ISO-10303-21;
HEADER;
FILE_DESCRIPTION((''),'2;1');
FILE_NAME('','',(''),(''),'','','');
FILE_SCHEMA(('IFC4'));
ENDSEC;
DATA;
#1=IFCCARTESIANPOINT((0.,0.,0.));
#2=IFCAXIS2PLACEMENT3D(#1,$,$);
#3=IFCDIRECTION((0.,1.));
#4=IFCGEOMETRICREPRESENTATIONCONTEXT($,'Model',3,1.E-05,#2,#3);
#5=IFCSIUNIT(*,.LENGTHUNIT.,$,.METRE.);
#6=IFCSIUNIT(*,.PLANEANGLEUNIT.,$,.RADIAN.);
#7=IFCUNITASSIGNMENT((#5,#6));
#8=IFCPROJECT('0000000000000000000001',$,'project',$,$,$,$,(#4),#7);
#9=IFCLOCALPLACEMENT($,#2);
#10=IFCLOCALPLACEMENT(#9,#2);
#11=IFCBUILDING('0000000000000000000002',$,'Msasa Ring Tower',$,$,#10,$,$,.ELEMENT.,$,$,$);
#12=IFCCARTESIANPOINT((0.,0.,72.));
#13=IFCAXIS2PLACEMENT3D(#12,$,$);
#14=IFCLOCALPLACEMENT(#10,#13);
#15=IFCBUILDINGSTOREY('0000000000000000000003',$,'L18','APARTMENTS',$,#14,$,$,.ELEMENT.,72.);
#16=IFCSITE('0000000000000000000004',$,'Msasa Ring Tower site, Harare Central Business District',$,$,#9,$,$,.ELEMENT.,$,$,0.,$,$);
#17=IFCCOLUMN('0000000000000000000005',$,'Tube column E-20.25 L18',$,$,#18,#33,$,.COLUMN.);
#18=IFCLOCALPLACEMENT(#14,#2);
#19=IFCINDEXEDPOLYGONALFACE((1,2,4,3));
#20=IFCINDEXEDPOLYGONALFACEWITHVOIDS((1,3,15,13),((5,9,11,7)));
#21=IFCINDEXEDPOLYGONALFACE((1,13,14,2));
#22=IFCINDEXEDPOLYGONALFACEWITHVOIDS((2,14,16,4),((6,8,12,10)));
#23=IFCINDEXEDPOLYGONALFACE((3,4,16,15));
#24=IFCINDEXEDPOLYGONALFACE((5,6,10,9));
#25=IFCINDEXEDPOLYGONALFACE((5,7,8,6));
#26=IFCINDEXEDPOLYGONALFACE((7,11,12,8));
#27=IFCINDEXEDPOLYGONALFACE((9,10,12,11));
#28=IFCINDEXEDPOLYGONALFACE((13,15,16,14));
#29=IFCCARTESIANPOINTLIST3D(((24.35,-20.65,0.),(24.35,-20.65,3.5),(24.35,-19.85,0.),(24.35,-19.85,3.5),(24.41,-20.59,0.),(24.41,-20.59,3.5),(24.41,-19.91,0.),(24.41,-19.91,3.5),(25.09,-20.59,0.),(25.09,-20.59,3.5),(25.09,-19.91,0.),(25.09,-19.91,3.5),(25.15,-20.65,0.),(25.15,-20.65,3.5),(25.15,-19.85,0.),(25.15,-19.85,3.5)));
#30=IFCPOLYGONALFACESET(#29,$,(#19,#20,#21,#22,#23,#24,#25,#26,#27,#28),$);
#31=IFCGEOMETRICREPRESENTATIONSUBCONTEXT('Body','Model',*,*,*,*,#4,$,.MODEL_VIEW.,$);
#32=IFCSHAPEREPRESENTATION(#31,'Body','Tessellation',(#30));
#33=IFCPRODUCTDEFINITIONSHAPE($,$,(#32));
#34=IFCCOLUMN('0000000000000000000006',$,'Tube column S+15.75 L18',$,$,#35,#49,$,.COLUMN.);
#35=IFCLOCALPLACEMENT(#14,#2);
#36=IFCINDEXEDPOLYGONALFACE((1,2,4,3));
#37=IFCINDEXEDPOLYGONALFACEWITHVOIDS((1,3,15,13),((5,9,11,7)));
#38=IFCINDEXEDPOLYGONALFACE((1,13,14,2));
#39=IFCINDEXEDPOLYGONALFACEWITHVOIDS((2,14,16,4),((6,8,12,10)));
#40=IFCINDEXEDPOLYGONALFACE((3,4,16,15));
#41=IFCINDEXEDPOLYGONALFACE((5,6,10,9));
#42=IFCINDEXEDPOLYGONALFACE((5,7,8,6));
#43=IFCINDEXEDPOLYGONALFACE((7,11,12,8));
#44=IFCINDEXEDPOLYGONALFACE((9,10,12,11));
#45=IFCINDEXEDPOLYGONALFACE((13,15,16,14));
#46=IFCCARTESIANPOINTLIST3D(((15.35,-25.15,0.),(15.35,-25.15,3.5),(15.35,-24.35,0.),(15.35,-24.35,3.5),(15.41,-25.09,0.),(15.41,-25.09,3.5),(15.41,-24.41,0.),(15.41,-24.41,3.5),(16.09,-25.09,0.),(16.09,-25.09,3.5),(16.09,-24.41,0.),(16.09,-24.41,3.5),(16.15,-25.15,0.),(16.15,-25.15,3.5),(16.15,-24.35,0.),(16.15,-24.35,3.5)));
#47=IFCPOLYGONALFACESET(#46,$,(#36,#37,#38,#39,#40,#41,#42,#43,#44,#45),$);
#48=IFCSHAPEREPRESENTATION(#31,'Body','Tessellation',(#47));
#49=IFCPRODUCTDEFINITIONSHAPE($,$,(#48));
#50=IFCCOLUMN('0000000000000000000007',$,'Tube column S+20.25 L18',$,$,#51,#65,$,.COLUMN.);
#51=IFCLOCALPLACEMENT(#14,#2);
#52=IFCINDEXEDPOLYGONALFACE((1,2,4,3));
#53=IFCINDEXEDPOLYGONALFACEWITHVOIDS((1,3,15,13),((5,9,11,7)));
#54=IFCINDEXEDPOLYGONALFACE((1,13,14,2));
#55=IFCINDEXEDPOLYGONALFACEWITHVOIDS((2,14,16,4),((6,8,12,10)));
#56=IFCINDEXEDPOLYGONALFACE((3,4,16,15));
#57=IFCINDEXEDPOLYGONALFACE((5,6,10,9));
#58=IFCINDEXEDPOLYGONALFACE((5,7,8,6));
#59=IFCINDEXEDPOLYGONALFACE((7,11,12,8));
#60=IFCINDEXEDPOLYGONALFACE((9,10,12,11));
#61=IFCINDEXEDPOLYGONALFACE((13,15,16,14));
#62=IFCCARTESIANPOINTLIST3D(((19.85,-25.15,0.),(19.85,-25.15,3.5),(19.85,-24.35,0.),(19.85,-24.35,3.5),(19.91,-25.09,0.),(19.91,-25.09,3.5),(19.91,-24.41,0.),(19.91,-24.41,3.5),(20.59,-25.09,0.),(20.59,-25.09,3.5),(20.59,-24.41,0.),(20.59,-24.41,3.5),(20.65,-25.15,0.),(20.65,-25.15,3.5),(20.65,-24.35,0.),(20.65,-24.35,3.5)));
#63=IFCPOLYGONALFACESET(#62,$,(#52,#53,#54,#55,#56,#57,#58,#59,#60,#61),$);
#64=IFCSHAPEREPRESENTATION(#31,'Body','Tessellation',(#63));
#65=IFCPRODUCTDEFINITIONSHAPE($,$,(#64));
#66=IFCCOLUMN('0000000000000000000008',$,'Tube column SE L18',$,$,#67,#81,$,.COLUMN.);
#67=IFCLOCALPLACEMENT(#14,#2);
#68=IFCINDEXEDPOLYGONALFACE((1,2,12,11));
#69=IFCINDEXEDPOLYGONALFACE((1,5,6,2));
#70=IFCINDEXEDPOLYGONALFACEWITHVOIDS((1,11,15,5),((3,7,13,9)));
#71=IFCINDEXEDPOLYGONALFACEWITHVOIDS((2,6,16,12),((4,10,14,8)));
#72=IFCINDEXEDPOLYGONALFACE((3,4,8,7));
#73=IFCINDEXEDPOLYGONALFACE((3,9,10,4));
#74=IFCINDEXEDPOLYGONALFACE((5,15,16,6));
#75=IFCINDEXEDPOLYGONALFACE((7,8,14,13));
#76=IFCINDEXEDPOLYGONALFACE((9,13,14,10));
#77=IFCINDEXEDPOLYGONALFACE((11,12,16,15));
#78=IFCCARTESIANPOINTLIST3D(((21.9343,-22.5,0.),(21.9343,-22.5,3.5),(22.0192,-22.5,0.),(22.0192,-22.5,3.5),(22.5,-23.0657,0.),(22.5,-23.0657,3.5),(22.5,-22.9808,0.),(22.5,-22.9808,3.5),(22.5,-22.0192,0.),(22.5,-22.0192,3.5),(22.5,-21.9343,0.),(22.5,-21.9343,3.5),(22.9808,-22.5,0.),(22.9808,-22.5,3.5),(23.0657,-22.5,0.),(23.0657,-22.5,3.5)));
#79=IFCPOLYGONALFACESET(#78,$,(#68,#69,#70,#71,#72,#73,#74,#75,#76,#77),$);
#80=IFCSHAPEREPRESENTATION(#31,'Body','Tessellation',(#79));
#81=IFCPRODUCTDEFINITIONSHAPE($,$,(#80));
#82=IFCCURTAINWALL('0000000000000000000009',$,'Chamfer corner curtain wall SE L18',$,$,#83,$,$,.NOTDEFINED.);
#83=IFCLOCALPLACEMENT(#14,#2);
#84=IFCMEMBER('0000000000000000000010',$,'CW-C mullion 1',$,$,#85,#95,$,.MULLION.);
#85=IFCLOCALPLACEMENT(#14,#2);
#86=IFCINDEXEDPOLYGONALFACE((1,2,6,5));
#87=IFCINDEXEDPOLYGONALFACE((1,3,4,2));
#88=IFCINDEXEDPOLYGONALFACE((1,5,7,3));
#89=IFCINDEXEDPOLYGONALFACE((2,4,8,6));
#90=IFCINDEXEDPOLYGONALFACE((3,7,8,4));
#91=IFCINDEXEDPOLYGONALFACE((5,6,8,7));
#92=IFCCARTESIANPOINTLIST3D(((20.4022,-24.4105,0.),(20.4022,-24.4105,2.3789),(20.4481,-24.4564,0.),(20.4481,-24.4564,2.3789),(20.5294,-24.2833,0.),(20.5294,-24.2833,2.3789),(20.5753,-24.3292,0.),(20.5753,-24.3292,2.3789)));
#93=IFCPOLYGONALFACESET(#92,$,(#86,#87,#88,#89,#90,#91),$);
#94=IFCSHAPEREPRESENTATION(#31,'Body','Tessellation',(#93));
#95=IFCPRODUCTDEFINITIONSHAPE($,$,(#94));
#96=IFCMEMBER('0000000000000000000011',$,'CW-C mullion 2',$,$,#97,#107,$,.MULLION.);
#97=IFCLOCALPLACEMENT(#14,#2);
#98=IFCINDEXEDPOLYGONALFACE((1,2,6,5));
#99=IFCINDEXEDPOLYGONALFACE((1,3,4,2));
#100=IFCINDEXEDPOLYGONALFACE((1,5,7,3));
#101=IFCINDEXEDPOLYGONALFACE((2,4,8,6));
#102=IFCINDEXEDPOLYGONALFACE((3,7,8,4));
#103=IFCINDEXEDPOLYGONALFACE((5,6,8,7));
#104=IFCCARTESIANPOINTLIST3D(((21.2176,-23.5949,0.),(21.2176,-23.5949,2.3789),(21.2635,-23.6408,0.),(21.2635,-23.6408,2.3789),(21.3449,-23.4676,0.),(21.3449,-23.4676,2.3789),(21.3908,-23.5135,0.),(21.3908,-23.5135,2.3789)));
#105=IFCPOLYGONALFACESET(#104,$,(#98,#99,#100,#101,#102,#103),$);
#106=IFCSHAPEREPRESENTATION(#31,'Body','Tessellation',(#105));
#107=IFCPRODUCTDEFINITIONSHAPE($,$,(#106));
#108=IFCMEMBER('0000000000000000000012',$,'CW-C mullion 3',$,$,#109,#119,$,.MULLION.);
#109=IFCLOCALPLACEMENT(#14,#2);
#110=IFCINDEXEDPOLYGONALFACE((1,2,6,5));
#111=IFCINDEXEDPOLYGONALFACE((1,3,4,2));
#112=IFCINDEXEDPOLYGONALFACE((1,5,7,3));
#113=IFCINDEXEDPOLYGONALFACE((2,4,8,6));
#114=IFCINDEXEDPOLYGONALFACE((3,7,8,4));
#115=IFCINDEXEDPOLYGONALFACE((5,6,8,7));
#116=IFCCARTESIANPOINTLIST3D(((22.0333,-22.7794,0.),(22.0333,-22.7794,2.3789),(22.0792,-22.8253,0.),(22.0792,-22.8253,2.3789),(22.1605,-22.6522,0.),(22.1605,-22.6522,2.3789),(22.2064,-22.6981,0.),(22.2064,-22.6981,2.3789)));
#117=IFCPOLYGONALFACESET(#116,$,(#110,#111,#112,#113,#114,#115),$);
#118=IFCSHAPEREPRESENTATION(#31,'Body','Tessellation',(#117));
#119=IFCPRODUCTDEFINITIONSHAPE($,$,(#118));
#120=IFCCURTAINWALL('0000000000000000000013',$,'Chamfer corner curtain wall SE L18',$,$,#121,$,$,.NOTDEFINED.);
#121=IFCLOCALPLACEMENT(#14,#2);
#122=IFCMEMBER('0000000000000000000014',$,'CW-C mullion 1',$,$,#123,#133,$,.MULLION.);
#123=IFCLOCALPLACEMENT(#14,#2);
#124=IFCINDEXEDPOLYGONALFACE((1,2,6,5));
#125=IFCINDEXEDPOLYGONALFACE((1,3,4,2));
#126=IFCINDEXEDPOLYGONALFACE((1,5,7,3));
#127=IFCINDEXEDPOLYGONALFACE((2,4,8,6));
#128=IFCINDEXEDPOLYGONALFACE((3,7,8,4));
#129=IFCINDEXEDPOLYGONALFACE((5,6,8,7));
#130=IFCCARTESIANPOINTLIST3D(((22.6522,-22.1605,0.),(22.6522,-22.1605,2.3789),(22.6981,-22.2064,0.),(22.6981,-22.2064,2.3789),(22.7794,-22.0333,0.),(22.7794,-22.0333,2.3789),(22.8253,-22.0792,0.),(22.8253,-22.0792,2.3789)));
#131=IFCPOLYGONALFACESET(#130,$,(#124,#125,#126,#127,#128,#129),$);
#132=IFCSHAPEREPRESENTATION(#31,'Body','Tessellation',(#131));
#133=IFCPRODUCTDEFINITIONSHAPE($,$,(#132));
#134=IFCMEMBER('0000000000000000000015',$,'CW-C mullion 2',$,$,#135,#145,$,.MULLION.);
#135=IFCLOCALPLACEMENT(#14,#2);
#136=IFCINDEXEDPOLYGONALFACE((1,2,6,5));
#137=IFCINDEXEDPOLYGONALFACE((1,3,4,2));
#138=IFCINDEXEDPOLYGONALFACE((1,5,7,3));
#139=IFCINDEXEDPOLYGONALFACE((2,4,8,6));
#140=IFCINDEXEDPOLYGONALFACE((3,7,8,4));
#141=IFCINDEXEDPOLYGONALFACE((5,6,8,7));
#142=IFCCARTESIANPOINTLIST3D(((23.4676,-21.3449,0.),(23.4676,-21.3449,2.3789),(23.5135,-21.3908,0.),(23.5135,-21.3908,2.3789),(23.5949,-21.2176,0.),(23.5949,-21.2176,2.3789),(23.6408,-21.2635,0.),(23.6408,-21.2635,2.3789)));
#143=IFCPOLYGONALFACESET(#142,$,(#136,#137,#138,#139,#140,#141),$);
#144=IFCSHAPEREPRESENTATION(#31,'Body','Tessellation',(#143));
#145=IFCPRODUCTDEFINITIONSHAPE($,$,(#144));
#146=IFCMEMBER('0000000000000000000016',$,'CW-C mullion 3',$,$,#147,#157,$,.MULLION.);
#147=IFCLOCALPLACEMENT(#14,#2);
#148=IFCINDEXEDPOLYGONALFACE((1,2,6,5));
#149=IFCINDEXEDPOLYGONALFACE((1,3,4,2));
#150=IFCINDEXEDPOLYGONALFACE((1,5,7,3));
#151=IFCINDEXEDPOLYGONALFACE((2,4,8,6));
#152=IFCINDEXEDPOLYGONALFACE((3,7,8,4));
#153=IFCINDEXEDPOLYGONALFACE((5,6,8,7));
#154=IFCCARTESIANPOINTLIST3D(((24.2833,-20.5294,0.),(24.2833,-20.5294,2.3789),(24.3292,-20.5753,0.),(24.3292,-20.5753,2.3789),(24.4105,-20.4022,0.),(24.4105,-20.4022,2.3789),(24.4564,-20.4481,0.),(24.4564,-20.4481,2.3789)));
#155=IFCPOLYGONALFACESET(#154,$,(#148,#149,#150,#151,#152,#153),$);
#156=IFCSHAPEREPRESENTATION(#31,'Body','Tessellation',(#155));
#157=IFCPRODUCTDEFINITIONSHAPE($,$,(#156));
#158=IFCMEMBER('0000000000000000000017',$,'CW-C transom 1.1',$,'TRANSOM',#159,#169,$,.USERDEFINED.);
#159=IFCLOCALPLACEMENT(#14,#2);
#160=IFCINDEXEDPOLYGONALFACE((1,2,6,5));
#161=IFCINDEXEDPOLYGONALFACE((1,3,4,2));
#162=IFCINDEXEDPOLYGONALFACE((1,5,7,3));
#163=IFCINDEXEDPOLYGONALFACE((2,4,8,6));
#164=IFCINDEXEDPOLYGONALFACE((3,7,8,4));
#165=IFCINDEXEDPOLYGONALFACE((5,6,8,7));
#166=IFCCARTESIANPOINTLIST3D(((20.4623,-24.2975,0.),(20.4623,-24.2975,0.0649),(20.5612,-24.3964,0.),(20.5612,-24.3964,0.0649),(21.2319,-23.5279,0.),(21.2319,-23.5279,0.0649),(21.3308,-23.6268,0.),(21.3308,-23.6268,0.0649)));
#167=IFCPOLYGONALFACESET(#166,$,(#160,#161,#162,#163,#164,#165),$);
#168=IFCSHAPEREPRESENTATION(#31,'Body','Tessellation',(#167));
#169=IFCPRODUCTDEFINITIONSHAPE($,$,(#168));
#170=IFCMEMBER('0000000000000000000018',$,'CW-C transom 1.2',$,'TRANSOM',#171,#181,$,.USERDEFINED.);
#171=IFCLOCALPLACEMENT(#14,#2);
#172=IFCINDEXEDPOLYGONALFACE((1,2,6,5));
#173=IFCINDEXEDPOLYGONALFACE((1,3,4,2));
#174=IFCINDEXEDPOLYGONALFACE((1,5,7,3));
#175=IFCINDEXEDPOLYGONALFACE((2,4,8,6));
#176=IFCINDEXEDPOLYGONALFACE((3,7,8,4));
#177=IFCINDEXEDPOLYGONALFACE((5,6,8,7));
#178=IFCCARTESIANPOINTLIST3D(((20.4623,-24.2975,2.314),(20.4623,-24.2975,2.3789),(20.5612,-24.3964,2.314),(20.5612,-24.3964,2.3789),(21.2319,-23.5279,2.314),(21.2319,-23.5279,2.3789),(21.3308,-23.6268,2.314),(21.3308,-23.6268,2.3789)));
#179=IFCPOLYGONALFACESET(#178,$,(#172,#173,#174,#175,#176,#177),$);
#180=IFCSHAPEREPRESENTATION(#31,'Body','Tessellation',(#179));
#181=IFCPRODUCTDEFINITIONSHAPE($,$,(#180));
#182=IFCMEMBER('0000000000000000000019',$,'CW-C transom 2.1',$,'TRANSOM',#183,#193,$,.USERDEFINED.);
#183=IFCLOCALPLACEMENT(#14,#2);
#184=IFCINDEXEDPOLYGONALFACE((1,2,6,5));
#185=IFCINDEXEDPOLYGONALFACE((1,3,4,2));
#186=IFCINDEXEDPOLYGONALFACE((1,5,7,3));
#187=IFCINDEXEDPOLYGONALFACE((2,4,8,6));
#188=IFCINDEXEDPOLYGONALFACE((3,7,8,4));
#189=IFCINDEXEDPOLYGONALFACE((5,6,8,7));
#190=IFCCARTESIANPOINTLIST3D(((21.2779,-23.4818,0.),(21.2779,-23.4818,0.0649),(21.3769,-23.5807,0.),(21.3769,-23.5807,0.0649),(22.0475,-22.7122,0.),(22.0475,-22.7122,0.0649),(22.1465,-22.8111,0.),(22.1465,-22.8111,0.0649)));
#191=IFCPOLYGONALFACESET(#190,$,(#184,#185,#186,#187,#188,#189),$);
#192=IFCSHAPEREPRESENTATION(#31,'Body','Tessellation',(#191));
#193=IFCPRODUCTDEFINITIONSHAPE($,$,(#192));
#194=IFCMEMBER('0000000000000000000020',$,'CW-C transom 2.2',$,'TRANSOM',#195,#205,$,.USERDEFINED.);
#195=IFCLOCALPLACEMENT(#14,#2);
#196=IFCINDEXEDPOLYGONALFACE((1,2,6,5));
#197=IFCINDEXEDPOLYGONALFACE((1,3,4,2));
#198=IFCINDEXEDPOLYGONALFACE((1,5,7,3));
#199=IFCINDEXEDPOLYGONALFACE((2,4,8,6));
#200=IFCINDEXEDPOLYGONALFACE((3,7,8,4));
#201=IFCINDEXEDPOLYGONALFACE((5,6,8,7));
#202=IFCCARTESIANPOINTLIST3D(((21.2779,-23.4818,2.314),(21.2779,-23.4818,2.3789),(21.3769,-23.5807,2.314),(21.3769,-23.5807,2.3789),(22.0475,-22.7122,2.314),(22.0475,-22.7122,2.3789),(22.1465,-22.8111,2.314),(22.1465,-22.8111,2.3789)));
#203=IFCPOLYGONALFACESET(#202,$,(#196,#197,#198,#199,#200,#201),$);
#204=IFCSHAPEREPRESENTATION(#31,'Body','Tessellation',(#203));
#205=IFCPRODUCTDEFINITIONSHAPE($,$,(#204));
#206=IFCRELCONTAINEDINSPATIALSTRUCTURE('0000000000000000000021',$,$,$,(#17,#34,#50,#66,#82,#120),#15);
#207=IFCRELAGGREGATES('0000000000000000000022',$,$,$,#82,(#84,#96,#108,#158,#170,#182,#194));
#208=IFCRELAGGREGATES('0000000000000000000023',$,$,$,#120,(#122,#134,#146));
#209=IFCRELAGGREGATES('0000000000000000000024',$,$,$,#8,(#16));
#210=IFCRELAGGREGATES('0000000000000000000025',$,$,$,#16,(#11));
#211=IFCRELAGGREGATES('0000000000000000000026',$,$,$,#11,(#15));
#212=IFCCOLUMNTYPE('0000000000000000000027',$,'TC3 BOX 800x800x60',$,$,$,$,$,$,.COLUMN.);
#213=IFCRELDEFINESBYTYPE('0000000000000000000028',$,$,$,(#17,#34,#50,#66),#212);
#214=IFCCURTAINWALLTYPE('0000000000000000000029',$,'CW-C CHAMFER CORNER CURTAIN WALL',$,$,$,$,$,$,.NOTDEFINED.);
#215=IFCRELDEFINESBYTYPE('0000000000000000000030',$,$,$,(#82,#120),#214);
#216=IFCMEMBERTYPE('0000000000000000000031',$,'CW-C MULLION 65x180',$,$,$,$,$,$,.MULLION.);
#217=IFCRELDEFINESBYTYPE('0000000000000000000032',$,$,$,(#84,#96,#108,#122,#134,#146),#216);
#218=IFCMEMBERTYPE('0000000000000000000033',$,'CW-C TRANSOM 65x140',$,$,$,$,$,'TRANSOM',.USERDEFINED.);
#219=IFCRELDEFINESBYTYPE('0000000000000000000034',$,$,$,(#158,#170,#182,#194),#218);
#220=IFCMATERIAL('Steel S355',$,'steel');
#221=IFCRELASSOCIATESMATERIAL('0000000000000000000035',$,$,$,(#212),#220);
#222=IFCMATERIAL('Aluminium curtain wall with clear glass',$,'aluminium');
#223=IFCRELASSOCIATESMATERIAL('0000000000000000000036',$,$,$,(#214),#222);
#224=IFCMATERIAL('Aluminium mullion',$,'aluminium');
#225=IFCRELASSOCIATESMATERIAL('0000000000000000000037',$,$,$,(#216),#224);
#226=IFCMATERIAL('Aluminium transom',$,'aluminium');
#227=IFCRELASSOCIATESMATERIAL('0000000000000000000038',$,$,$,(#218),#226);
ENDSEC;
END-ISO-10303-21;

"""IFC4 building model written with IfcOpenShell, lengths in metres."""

from ifc_helpers import new_model, si_unit, direction, frame, origin, origin_2d, place, context, subcontext, project, spatial, rectangle, hollow_rectangle, extrude, material, material_profile, profile_set, type_object, element, aggregate, save


model = new_model("IFC4")

# Units and contexts
model_context = context("Model", 3, precision=1e-05, world=origin(), true_north=direction((0.0, 1.0)))
body_context = subcontext(model_context, "Body", "Model", "MODEL_VIEW")
ifc_project = project(units=[si_unit("LENGTHUNIT", "METRE"), si_unit("PLANEANGLEUNIT", "RADIAN")], contexts=[model_context])

# Site, building, storey
site_placement = place(None, origin())
site = spatial("IfcSite", under=ifc_project, at=site_placement, Name="Msasa Ring Tower site, Harare Central Business District", CompositionType="ELEMENT", RefElevation=0.0)
building_placement = place(site_placement, origin())
building = spatial("IfcBuilding", under=site, at=building_placement, Name="Msasa Ring Tower", CompositionType="ELEMENT")
storey_placement = place(building_placement, frame((0.0, 0.0, 72.0)))
storey = spatial("IfcBuildingStorey", under=building, at=storey_placement, Name="L18", Description="APARTMENTS", CompositionType="ELEMENT", Elevation=72.0)

# Columns
ifc_material_1 = material(Name="Steel S355", Category="steel")
ifc_material_profile_1 = material_profile(ifc_material_1, hollow_rectangle(XDim=0.8, YDim=0.8, WallThickness=0.0601, at=origin_2d()), Name="BOX 800x800x60")
ifc_profile_set_1 = profile_set([ifc_material_profile_1], Name="Steel S355")
column_type = type_object("IfcColumnType", Name="TC3 BOX 800x800x60", PredefinedType="COLUMN", material=ifc_profile_set_1)
for number, where, z_axis, x_axis, name in (
    (1, (24.75, -20.25, 0.0), (0.0, 0.0, 1.0), (1.0, 0.0, 0.0), "Tube column E-20.25 L18"),
    (2, (15.75, -24.75, 0.0), (0.0, 0.0, 1.0), (0.0, 1.0, 0.0), "Tube column S+15.75 L18"),
    (3, (20.25, -24.75, 0.0), (0.0, 0.0, 1.0), (0.0, 1.0, 0.0), "Tube column S+20.25 L18"),
    (4, (22.5, -22.5, 0.0), (0.0, 0.0, 1.0), (0.707107, -0.707107, 0.0), "Tube column SE L18"),
):
    element("IfcColumn", number, at=place(storey_placement, frame(where, z_axis=z_axis, x_axis=x_axis)), inside=storey, type_object=column_type, Name=name, PredefinedType="COLUMN", context=body_context, shape_type="SweptSolid", body=[
        extrude(hollow_rectangle(XDim=0.8, YDim=0.8, WallThickness=0.0601, at=origin_2d()), origin(), (0.0, 0.0, 1.0), 3.5),
    ])

# Curtain walls, members
ifc_material_2 = material(Name="Aluminium curtain wall with clear glass", Category="aluminium")
curtain_wall_type = type_object("IfcCurtainWallType", Name="CW-C CHAMFER CORNER CURTAIN WALL", PredefinedType="NOTDEFINED", material=ifc_material_2)
curtain_wall_1_placement = place(storey_placement, origin())
curtain_wall_1 = element("IfcCurtainWall", 5, at=curtain_wall_1_placement, inside=storey, type_object=curtain_wall_type, Name="Chamfer corner curtain wall SE L18", PredefinedType="NOTDEFINED")
ifc_material_3 = material(Name="Aluminium mullion", Category="aluminium")
ifc_material_profile_2 = material_profile(ifc_material_3, rectangle(XDim=0.0649, YDim=0.1799, at=origin_2d()), Name="AL 65x180")
ifc_profile_set_2 = profile_set([ifc_material_profile_2], Name="Aluminium mullion")
member_type_1 = type_object("IfcMemberType", Name="CW-C MULLION 65x180", PredefinedType="MULLION", material=ifc_profile_set_2)
member_1_placement = place(storey_placement, frame((20.4888, -24.3699, 0.0), z_axis=(0.0, 0.0, 1.0), x_axis=(-0.707107, 0.707107, 0.0)))
member_1 = element("IfcMember", 6, at=member_1_placement, type_object=member_type_1, Name="CW-C mullion 1", PredefinedType="MULLION", context=body_context, shape_type="SweptSolid", body=[
    extrude(rectangle(XDim=0.0649, YDim=0.1799, at=origin_2d()), origin(), (0.0, 0.0, 1.0), 2.3789),
])
member_2_placement = place(storey_placement, frame((21.3042, -23.5542, 0.0), z_axis=(0.0, 0.0, 1.0), x_axis=(-0.707107, 0.707107, 0.0)))
member_2 = element("IfcMember", 7, at=member_2_placement, type_object=member_type_1, Name="CW-C mullion 2", PredefinedType="MULLION", context=body_context, shape_type="SweptSolid", body=[
    extrude(rectangle(XDim=0.0649, YDim=0.1799, at=origin_2d()), origin(), (0.0, 0.0, 1.0), 2.3789),
])
member_3_placement = place(storey_placement, frame((22.1199, -22.7388, 0.0), z_axis=(0.0, 0.0, 1.0), x_axis=(-0.707107, 0.707107, 0.0)))
member_3 = element("IfcMember", 8, at=member_3_placement, type_object=member_type_1, Name="CW-C mullion 3", PredefinedType="MULLION", context=body_context, shape_type="SweptSolid", body=[
    extrude(rectangle(XDim=0.0649, YDim=0.1799, at=origin_2d()), origin(), (0.0, 0.0, 1.0), 2.3789),
])
curtain_wall_2_placement = place(storey_placement, origin())
curtain_wall_2 = element("IfcCurtainWall", 9, at=curtain_wall_2_placement, inside=storey, type_object=curtain_wall_type, Name="Chamfer corner curtain wall SE L18", PredefinedType="NOTDEFINED")
member_4_placement = place(storey_placement, frame((22.7388, -22.1199, 0.0), z_axis=(0.0, 0.0, 1.0), x_axis=(-0.707107, 0.707107, 0.0)))
member_4 = element("IfcMember", 10, at=member_4_placement, type_object=member_type_1, Name="CW-C mullion 1", PredefinedType="MULLION", context=body_context, shape_type="SweptSolid", body=[
    extrude(rectangle(XDim=0.0649, YDim=0.1799, at=origin_2d()), origin(), (0.0, 0.0, 1.0), 2.3789),
])
member_5_placement = place(storey_placement, frame((23.5542, -21.3042, 0.0), z_axis=(0.0, 0.0, 1.0), x_axis=(-0.707107, 0.707107, 0.0)))
member_5 = element("IfcMember", 11, at=member_5_placement, type_object=member_type_1, Name="CW-C mullion 2", PredefinedType="MULLION", context=body_context, shape_type="SweptSolid", body=[
    extrude(rectangle(XDim=0.0649, YDim=0.1799, at=origin_2d()), origin(), (0.0, 0.0, 1.0), 2.3789),
])
member_6_placement = place(storey_placement, frame((24.3699, -20.4888, 0.0), z_axis=(0.0, 0.0, 1.0), x_axis=(-0.707107, 0.707107, 0.0)))
member_6 = element("IfcMember", 12, at=member_6_placement, type_object=member_type_1, Name="CW-C mullion 3", PredefinedType="MULLION", context=body_context, shape_type="SweptSolid", body=[
    extrude(rectangle(XDim=0.0649, YDim=0.1799, at=origin_2d()), origin(), (0.0, 0.0, 1.0), 2.3789),
])

# Members
ifc_material_4 = material(Name="Aluminium transom", Category="aluminium")
ifc_material_profile_3 = material_profile(ifc_material_4, rectangle(XDim=0.1399, YDim=0.0649, at=origin_2d()), Name="AL 65x140")
ifc_profile_set_3 = profile_set([ifc_material_profile_3], Name="Aluminium transom")
member_type_2 = type_object("IfcMemberType", Name="CW-C TRANSOM 65x140", ElementType="TRANSOM", PredefinedType="USERDEFINED", material=ifc_profile_set_3)
member_7_placement = place(storey_placement, frame((20.5117, -24.3469, 0.0325), z_axis=(0.707107, 0.707107, 0.0), x_axis=(-0.707107, 0.707107, 0.0)))
member_7 = element("IfcMember", 13, at=member_7_placement, type_object=member_type_2, Name="CW-C transom 1.1", ObjectType="TRANSOM", PredefinedType="USERDEFINED", context=body_context, shape_type="SweptSolid", body=[
    extrude(rectangle(XDim=0.1399, YDim=0.0649, at=origin_2d()), origin(), (0.0, 0.0, 1.0), 1.0884),
])
member_8_placement = place(storey_placement, frame((20.5117, -24.3469, 2.3464), z_axis=(0.707107, 0.707107, 0.0), x_axis=(-0.707107, 0.707107, 0.0)))
member_8 = element("IfcMember", 14, at=member_8_placement, type_object=member_type_2, Name="CW-C transom 1.2", ObjectType="TRANSOM", PredefinedType="USERDEFINED", context=body_context, shape_type="SweptSolid", body=[
    extrude(rectangle(XDim=0.1399, YDim=0.0649, at=origin_2d()), origin(), (0.0, 0.0, 1.0), 1.0884),
])
member_9_placement = place(storey_placement, frame((21.3274, -23.5312, 0.0325), z_axis=(0.707107, 0.707107, 0.0), x_axis=(-0.707107, 0.707107, 0.0)))
member_9 = element("IfcMember", 15, at=member_9_placement, type_object=member_type_2, Name="CW-C transom 2.1", ObjectType="TRANSOM", PredefinedType="USERDEFINED", context=body_context, shape_type="SweptSolid", body=[
    extrude(rectangle(XDim=0.1399, YDim=0.0649, at=origin_2d()), origin(), (0.0, 0.0, 1.0), 1.0884),
])
member_10_placement = place(storey_placement, frame((21.3274, -23.5312, 2.3464), z_axis=(0.707107, 0.707107, 0.0), x_axis=(-0.707107, 0.707107, 0.0)))
member_10 = element("IfcMember", 16, at=member_10_placement, type_object=member_type_2, Name="CW-C transom 2.2", ObjectType="TRANSOM", PredefinedType="USERDEFINED", context=body_context, shape_type="SweptSolid", body=[
    extrude(rectangle(XDim=0.1399, YDim=0.0649, at=origin_2d()), origin(), (0.0, 0.0, 1.0), 1.0884),
])

aggregate(curtain_wall_1, [member_1, member_2, member_3, member_7, member_8, member_9, member_10])
aggregate(curtain_wall_2, [member_4, member_5, member_6])

save(model, "model.ifc")
